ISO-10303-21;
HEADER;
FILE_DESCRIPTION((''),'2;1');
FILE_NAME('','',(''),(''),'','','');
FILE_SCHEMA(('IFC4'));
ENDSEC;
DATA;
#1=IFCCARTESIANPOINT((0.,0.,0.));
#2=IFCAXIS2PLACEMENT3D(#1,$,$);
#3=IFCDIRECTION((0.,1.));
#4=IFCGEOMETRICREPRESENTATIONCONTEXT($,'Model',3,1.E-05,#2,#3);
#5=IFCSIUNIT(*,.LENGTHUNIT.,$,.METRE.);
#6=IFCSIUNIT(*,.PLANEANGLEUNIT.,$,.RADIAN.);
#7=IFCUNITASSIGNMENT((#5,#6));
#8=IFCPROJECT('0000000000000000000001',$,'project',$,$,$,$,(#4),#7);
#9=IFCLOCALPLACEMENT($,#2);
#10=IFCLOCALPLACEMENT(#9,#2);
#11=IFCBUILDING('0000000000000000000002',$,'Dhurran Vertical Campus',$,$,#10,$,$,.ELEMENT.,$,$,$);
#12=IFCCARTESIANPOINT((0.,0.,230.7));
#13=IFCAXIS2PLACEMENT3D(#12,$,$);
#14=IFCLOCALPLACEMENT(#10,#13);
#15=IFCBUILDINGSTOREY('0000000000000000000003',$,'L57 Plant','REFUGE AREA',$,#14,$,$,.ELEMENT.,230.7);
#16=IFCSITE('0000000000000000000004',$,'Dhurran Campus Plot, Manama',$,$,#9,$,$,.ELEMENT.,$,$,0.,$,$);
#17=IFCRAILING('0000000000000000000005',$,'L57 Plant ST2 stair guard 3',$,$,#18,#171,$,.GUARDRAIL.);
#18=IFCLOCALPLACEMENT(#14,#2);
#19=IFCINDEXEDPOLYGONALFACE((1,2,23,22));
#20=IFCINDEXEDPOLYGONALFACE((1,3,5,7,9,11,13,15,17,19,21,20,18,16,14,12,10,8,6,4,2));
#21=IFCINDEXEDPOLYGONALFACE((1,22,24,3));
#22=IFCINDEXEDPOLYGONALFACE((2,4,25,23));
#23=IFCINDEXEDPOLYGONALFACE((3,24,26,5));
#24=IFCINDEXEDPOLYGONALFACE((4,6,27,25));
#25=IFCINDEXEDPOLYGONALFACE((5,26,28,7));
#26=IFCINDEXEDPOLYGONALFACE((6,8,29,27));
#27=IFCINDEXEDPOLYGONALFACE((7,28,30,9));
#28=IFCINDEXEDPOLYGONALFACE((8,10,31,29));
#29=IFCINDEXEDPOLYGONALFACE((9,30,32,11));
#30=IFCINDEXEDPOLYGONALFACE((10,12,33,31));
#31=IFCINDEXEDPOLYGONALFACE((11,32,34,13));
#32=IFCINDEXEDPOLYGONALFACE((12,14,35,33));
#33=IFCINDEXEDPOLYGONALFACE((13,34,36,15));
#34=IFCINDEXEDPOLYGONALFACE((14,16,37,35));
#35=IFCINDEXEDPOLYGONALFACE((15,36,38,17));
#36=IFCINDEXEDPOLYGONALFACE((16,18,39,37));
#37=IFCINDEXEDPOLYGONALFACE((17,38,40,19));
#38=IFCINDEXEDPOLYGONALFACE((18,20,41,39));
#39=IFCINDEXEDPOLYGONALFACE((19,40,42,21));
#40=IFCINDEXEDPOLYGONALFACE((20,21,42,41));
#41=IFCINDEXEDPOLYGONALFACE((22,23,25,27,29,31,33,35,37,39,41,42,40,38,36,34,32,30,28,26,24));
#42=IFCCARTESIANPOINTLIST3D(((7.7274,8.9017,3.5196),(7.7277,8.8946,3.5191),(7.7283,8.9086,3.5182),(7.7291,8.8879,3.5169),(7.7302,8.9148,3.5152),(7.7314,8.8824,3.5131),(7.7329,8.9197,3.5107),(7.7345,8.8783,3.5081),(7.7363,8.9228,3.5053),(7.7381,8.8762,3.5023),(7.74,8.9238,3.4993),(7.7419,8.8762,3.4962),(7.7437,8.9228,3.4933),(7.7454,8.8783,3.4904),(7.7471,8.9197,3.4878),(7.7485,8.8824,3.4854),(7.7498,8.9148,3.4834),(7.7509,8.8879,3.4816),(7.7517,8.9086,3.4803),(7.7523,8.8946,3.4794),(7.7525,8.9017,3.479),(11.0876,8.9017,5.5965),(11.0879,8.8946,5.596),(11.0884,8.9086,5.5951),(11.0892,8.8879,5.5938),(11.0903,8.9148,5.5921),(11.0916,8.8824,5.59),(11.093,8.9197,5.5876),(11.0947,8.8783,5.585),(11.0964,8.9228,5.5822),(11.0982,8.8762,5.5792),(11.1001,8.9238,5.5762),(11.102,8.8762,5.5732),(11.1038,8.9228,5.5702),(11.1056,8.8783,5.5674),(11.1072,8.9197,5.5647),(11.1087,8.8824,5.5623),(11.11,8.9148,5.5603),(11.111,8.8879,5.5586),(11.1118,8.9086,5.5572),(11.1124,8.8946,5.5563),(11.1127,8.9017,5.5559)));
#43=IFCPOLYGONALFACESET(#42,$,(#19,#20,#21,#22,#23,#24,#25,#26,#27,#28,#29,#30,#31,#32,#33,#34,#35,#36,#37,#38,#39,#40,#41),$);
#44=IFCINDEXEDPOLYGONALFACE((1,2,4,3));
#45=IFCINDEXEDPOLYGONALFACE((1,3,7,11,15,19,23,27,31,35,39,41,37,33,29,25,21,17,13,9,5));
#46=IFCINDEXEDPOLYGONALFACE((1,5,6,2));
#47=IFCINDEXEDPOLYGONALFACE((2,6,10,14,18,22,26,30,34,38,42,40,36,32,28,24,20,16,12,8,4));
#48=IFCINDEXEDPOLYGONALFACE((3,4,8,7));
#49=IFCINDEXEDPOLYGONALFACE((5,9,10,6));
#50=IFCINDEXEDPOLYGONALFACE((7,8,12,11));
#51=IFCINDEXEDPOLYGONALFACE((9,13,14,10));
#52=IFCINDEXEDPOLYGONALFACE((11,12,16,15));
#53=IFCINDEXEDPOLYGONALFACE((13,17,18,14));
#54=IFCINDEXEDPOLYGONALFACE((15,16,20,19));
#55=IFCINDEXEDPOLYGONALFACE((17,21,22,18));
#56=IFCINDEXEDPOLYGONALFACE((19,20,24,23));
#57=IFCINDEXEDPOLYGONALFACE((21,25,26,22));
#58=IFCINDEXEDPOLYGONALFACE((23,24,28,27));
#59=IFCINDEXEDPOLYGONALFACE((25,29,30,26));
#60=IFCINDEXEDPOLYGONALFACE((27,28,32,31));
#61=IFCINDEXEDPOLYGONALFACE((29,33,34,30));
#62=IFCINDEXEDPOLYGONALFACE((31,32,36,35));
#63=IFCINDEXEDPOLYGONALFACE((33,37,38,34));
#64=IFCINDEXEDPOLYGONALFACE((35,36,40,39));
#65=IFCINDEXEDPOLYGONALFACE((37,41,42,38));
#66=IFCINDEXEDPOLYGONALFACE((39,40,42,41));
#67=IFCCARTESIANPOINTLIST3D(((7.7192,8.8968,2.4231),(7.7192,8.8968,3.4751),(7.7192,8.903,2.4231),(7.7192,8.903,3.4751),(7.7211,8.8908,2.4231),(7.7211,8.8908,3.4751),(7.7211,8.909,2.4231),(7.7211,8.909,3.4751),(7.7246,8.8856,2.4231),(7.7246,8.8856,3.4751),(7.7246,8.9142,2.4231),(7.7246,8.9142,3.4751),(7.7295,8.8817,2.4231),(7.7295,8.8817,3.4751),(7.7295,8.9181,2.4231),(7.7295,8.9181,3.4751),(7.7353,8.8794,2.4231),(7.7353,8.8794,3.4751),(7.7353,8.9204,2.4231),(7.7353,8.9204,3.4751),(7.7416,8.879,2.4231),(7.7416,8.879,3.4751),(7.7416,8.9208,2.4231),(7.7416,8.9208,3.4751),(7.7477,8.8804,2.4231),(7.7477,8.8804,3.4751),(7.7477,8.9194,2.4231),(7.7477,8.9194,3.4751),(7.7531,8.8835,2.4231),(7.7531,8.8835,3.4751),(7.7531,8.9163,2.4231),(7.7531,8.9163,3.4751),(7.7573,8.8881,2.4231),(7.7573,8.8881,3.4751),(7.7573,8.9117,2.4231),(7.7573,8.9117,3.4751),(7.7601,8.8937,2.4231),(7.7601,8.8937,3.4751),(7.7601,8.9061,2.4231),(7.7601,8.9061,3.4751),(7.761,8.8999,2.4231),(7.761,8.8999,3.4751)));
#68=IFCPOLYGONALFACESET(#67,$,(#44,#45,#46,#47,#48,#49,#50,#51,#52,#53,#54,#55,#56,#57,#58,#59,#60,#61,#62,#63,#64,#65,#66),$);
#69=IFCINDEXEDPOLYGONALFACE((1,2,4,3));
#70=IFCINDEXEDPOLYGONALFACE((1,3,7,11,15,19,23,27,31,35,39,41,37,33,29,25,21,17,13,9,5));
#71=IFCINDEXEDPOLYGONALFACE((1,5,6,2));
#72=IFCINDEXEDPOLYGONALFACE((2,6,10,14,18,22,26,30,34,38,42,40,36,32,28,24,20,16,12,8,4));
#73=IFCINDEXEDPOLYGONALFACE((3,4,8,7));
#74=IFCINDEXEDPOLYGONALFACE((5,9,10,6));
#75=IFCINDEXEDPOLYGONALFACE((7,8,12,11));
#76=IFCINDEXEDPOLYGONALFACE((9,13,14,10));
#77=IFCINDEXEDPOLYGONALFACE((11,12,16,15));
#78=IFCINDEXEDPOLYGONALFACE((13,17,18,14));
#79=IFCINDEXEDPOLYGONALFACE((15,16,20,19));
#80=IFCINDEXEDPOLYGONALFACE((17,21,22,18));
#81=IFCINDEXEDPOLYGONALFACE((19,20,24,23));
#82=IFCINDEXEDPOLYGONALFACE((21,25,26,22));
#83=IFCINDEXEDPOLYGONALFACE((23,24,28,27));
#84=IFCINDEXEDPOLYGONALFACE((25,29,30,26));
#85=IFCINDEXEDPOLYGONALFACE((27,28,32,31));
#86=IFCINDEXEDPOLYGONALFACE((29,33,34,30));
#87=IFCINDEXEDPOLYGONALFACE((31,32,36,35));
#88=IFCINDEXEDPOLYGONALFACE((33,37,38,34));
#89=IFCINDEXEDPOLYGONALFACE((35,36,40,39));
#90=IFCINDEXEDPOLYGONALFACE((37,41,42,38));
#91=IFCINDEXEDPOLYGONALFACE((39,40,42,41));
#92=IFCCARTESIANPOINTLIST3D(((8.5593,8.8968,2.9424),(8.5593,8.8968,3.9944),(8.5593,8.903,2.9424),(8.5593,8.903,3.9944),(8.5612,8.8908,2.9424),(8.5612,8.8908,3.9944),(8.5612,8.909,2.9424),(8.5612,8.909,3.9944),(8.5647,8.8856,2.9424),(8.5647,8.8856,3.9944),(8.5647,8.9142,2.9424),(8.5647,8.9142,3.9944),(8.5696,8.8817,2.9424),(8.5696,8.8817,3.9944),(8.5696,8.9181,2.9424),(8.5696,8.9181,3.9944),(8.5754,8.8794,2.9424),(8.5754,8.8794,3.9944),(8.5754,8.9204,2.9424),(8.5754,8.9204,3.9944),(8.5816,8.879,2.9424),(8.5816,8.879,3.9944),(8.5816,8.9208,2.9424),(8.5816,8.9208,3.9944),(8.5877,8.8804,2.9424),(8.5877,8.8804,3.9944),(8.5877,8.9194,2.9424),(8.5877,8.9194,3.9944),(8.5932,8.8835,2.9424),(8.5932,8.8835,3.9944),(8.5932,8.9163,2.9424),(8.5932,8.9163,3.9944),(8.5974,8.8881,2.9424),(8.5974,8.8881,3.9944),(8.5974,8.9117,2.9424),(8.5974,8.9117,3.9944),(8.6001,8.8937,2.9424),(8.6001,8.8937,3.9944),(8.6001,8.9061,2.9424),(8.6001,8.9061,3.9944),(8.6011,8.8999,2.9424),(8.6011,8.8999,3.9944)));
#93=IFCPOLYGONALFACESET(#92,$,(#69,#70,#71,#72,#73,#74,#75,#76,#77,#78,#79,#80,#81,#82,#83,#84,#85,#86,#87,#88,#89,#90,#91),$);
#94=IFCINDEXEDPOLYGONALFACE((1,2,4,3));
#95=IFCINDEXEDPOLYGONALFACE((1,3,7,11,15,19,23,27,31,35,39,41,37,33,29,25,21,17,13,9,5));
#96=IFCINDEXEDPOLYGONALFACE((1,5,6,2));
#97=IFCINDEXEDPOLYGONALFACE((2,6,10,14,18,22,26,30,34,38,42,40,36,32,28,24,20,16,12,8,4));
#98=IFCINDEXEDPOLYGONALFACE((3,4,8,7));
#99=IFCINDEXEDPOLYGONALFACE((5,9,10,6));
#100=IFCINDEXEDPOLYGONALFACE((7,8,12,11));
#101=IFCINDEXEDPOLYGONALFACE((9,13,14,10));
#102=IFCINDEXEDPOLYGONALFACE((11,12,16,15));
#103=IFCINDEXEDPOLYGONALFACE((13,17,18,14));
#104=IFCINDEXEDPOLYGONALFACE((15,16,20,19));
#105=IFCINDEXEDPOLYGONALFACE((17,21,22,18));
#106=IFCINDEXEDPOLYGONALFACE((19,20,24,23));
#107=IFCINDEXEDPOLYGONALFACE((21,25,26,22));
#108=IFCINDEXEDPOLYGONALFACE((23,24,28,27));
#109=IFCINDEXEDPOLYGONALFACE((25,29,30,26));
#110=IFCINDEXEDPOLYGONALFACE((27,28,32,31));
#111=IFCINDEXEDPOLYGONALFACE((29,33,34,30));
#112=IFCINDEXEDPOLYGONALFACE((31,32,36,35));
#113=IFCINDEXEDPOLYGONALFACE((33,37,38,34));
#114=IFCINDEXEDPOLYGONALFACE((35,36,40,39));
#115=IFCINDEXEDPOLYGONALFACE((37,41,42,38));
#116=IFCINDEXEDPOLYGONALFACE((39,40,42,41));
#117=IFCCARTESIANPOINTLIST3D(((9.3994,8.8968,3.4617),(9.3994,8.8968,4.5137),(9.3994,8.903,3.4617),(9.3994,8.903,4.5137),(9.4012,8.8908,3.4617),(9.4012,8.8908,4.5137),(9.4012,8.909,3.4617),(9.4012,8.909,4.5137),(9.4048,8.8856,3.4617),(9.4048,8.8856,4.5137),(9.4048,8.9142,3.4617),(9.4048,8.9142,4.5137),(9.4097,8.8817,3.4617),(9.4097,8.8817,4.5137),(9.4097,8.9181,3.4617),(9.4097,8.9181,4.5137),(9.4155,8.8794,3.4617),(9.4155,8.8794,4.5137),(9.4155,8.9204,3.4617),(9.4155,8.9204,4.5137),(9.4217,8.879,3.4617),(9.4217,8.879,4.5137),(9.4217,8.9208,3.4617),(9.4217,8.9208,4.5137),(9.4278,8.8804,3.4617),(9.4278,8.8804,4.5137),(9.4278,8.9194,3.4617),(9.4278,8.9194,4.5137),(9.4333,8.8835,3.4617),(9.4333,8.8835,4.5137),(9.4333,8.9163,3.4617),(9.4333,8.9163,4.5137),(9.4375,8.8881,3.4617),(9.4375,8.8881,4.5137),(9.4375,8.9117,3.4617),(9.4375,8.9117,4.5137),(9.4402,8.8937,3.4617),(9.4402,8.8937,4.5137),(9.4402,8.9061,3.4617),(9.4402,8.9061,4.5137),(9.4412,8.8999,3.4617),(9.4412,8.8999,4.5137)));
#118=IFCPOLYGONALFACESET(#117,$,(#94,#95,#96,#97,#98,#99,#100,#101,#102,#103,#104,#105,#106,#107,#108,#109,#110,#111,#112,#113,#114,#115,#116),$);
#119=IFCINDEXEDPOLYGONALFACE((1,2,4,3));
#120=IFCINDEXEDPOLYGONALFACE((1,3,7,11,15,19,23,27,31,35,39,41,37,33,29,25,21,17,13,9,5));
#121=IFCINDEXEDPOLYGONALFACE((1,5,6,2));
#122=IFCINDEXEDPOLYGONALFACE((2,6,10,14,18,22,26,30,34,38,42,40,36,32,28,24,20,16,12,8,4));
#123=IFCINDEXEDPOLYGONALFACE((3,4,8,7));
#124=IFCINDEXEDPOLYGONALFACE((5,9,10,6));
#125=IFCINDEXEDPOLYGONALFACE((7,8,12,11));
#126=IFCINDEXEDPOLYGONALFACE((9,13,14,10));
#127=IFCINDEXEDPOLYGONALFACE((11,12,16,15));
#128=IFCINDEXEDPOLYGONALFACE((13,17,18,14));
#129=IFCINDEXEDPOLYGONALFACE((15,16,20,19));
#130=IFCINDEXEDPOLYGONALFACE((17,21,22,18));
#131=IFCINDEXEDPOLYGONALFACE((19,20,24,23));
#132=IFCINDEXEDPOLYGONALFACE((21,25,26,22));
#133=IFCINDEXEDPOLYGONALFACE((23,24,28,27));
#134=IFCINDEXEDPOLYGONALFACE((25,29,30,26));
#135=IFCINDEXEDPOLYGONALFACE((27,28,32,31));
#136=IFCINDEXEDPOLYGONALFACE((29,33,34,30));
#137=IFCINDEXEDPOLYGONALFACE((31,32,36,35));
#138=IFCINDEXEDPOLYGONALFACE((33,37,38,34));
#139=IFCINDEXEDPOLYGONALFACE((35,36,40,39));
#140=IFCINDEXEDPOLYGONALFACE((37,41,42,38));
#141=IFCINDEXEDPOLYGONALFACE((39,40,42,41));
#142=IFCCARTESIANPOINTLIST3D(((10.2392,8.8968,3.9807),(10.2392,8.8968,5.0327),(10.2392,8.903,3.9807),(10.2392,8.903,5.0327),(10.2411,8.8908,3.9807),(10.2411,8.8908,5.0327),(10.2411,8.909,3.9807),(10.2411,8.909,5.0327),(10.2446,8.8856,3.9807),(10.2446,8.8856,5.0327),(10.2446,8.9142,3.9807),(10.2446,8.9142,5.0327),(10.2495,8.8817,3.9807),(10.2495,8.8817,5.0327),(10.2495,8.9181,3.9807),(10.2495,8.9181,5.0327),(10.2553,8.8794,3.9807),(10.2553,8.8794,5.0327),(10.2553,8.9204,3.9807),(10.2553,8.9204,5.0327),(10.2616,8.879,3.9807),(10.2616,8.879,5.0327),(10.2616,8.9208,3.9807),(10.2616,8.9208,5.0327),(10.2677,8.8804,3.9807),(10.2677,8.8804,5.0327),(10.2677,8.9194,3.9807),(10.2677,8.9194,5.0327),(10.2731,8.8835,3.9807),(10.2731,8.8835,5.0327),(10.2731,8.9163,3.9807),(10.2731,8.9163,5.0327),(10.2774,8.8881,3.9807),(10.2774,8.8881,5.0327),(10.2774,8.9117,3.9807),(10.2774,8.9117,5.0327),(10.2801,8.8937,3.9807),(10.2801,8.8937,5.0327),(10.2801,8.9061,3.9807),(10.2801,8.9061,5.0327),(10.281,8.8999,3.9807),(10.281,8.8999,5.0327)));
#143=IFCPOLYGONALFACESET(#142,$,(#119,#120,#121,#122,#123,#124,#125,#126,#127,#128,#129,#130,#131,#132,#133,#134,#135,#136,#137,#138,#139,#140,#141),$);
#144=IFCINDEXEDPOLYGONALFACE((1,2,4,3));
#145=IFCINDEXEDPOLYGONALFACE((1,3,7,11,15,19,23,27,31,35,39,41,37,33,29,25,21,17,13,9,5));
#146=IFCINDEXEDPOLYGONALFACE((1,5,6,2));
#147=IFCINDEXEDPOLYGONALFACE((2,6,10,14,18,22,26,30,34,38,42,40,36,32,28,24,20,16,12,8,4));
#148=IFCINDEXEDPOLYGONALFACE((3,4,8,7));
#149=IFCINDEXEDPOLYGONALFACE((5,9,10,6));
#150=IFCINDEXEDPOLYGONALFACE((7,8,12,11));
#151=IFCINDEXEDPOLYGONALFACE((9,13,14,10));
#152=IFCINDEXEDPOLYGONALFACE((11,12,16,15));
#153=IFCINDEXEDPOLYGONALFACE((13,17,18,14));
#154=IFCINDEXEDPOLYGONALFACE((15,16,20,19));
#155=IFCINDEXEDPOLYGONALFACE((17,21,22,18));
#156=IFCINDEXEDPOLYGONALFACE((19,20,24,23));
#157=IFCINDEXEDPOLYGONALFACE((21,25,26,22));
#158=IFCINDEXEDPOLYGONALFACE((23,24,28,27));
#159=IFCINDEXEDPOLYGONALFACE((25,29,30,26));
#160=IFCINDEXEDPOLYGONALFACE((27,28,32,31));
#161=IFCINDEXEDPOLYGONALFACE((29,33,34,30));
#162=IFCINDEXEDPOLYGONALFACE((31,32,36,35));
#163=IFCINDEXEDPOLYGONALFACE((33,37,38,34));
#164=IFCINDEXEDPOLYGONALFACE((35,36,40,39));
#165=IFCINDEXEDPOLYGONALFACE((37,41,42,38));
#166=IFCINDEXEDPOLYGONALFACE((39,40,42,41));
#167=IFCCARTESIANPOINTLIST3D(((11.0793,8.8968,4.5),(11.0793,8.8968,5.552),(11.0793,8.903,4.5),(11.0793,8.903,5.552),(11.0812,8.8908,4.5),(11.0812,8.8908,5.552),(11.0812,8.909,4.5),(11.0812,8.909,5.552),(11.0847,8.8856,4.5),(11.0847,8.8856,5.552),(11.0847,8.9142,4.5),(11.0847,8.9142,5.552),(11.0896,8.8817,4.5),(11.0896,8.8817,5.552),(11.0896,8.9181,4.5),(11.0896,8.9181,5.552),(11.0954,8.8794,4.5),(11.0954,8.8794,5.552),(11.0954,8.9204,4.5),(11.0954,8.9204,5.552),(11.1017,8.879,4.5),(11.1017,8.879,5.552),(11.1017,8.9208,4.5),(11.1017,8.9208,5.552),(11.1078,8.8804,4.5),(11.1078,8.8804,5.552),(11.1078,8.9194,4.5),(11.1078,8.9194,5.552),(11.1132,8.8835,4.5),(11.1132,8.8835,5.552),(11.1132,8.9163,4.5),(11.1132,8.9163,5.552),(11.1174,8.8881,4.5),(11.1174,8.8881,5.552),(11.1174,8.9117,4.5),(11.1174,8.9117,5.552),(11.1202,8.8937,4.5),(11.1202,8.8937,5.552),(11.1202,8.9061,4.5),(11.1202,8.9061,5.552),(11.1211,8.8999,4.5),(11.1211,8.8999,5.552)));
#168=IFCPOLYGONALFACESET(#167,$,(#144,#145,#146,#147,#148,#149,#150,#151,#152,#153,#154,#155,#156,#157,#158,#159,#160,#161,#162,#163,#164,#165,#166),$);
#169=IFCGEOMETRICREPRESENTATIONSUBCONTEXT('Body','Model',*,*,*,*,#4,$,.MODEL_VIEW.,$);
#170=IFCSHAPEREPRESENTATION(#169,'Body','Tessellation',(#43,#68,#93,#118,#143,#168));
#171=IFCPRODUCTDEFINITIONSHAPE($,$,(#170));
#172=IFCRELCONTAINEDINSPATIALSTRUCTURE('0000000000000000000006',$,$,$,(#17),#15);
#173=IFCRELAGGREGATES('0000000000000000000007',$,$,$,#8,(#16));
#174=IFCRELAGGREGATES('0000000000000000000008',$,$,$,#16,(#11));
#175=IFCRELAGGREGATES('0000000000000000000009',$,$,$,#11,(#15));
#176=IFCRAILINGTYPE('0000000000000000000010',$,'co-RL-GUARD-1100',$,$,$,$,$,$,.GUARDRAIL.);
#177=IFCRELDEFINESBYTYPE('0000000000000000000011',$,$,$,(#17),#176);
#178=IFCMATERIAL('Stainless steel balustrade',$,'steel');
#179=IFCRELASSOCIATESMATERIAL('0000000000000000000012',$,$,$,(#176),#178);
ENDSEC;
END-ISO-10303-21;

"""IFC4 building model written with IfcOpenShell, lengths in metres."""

from ifc_helpers import new_model, si_unit, direction, frame, origin, origin_2d, place, context, subcontext, project, spatial, circle, extrude, material, type_object, element, save


model = new_model("IFC4")

# Units and contexts
model_context = context("Model", 3, precision=1e-05, world=origin(), true_north=direction((0.0, 1.0)))
body_context = subcontext(model_context, "Body", "Model", "MODEL_VIEW")
ifc_project = project(units=[si_unit("LENGTHUNIT", "METRE"), si_unit("PLANEANGLEUNIT", "RADIAN")], contexts=[model_context])

# Site, building, storey
site_placement = place(None, origin())
site = spatial("IfcSite", under=ifc_project, at=site_placement, Name="Dhurran Campus Plot, Manama", CompositionType="ELEMENT", RefElevation=0.0)
building_placement = place(site_placement, origin())
building = spatial("IfcBuilding", under=site, at=building_placement, Name="Dhurran Vertical Campus", CompositionType="ELEMENT")
storey_placement = place(building_placement, frame((0.0, 0.0, 230.7)))
storey = spatial("IfcBuildingStorey", under=building, at=storey_placement, Name="L57 Plant", Description="REFUGE AREA", CompositionType="ELEMENT", Elevation=230.7)

# Railing
ifc_material_1 = material(Name="Stainless steel balustrade", Category="steel")
railing_type_1 = type_object("IfcRailingType", Name="co-RL-GUARD-1100", PredefinedType="GUARDRAIL", material=ifc_material_1)
railing_1_placement = place(storey_placement, frame((7.74, 8.8999, 2.4231)))
element("IfcRailing", 1, at=railing_1_placement, inside=storey, type_object=railing_type_1, Name="L57 Plant ST2 stair guard 3", PredefinedType="GUARDRAIL", context=body_context, shape_type="SweptSolid", body=[
    extrude(circle(Radius=0.0239, at=origin_2d()), frame((0.0, 0.0, 1.0762), z_axis=(0.850623, 0.0, 0.525776), x_axis=(0.0, 1.0, 0.0)), (0.0, 0.0, 1.0), 3.9502),
    extrude(circle(Radius=0.021, at=origin_2d()), origin(), (0.0, 0.0, 1.0), 1.052),
    extrude(circle(Radius=0.021, at=origin_2d()), frame((0.8401, 0.0, 0.5193)), (0.0, 0.0, 1.0), 1.052),
    extrude(circle(Radius=0.021, at=origin_2d()), frame((1.6802, 0.0, 1.0386)), (0.0, 0.0, 1.0), 1.052),
    extrude(circle(Radius=0.021, at=origin_2d()), frame((2.52, 0.0, 1.5576)), (0.0, 0.0, 1.0), 1.052),
    extrude(circle(Radius=0.021, at=origin_2d()), frame((3.3601, 0.0, 2.0769)), (0.0, 0.0, 1.0), 1.052),
])

save(model, "model.ifc")
